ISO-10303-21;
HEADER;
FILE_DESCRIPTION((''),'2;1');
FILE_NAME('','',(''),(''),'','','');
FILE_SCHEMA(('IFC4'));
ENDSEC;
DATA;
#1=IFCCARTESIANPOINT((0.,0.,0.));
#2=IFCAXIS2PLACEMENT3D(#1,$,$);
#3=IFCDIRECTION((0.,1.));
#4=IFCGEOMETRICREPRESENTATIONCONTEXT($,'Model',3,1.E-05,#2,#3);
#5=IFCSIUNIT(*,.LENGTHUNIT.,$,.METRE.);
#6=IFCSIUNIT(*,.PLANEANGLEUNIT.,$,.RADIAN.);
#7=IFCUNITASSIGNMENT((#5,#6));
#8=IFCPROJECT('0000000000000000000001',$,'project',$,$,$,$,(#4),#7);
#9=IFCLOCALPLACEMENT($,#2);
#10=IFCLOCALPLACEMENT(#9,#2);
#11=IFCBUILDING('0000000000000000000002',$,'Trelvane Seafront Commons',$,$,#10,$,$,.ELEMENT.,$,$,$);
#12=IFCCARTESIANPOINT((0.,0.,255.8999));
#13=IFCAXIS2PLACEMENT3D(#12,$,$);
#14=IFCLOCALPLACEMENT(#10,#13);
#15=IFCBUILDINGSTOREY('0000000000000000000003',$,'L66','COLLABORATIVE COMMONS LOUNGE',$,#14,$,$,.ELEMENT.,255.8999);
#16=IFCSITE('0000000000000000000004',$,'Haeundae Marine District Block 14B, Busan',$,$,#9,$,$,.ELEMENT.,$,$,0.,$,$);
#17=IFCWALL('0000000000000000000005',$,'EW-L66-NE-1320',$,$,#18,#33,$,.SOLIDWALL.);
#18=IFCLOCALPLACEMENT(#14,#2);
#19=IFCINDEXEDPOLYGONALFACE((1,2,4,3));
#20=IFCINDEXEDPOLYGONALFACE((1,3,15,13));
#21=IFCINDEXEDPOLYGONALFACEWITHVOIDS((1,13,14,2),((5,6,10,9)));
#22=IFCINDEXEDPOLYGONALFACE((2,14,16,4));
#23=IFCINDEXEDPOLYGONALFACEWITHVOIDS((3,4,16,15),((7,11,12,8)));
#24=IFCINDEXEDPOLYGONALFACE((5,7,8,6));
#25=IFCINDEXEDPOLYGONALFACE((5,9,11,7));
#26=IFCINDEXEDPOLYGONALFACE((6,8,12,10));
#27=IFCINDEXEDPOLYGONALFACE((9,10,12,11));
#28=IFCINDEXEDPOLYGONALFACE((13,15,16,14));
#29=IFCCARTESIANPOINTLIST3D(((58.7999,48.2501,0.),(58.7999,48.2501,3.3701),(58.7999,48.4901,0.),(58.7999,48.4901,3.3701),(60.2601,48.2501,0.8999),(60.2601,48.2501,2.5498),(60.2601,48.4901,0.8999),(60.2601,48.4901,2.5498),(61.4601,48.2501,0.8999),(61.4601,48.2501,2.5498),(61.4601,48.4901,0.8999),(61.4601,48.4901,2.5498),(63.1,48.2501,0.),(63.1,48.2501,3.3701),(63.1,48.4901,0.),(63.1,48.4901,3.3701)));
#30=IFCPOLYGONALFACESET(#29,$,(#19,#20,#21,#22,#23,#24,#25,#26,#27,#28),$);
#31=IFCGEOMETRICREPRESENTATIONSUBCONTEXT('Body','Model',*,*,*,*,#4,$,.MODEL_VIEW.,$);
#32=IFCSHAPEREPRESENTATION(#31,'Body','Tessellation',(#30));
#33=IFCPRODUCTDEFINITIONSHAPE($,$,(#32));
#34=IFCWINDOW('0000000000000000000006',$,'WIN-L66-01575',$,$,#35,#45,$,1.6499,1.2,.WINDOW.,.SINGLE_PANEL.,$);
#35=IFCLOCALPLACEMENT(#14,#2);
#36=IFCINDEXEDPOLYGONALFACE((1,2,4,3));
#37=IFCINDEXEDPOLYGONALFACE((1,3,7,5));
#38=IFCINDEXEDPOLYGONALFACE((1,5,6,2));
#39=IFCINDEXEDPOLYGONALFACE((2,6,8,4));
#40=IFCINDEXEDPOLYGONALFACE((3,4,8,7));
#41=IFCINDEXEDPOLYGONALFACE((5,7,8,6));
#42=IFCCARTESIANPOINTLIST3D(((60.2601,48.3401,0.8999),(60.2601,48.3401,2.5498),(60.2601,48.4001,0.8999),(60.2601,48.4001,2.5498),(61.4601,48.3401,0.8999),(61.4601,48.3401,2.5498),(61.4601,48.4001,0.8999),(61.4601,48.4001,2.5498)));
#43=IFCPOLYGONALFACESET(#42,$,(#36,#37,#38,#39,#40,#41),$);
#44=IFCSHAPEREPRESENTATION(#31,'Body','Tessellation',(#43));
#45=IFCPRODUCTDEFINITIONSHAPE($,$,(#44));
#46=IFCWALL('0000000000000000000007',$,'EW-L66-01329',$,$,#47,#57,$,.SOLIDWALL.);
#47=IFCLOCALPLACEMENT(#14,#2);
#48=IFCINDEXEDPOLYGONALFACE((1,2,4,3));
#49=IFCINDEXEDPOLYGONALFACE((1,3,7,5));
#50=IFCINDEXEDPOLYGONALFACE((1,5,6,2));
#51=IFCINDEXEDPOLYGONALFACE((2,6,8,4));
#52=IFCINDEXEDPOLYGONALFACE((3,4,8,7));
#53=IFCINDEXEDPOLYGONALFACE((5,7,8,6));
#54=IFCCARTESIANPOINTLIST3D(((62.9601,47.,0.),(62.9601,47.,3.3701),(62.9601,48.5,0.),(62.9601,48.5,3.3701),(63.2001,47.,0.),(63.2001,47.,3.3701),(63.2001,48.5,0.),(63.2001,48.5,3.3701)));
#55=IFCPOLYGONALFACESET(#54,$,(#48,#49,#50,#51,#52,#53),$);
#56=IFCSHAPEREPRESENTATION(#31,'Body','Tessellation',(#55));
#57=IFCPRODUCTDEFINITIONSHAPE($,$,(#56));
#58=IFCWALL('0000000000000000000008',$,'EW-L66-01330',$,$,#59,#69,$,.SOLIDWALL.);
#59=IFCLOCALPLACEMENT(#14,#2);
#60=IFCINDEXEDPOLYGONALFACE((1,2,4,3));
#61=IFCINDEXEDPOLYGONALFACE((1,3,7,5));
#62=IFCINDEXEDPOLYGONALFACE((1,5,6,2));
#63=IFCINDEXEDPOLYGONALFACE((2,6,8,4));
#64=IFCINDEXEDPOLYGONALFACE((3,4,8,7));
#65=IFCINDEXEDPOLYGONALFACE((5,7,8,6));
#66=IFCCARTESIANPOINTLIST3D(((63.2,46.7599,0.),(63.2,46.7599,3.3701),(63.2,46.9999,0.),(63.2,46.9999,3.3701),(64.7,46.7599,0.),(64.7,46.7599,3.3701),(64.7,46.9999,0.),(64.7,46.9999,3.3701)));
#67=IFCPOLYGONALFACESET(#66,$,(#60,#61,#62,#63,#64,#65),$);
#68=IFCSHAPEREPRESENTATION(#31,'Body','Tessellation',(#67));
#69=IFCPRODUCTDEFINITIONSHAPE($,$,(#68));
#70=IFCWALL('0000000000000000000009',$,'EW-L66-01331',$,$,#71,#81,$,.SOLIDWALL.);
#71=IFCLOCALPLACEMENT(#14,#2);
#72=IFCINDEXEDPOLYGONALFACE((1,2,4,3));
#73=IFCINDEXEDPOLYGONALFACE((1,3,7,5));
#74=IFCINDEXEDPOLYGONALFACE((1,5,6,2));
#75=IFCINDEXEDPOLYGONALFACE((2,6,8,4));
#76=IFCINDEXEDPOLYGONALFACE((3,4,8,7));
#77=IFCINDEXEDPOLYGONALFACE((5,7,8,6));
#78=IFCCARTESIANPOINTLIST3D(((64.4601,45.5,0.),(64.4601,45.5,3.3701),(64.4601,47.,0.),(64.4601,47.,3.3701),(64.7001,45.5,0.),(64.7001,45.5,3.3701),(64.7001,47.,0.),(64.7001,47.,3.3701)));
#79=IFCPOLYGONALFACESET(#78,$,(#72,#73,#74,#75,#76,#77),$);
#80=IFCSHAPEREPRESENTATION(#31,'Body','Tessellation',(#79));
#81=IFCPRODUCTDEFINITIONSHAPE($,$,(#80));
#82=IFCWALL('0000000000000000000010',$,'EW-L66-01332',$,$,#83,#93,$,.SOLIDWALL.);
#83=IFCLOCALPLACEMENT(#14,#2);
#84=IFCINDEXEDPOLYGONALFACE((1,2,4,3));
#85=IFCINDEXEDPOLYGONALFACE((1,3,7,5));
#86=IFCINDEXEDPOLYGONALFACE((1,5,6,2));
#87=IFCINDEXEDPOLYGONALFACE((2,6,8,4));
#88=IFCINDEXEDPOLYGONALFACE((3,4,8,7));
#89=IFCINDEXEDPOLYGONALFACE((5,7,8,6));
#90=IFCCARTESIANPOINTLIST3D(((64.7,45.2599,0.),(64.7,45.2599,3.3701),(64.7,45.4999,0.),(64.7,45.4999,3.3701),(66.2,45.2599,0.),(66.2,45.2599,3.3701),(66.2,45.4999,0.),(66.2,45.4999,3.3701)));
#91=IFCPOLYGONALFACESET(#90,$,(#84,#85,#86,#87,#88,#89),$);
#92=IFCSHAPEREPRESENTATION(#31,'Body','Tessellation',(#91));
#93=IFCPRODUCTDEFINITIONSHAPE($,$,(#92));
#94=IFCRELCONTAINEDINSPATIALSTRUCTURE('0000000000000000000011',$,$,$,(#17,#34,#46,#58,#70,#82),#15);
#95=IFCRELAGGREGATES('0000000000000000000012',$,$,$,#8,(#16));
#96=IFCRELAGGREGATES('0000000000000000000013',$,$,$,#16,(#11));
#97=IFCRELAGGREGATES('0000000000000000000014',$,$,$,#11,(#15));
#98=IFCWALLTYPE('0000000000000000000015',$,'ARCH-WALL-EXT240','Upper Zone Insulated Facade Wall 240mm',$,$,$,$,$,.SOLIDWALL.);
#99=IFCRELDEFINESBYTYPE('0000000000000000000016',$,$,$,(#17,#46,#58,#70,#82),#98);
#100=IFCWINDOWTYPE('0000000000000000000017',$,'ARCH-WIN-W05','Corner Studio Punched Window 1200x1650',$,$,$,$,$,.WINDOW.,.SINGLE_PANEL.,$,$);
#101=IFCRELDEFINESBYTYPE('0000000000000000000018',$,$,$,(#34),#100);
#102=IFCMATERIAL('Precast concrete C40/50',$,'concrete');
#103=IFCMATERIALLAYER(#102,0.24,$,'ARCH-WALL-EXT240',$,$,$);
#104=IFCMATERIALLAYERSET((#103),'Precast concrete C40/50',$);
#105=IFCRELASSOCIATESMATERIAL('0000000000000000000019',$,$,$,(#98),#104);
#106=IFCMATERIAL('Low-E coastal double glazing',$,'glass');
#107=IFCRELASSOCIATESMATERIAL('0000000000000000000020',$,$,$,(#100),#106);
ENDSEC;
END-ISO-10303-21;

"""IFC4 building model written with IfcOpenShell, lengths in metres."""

from ifc_helpers import new_model, si_unit, direction, frame, frame_2d, origin, place, context, subcontext, project, spatial, rectangle, extrude, source, transform, mapped, material, layer, layer_set, type_object, element, fill, save


model = new_model("IFC4")

# Units and contexts
model_context = context("Model", 3, precision=1e-05, world=origin(), true_north=direction((0.0, 1.0)))
body_context = subcontext(model_context, "Body", "Model", "MODEL_VIEW")
ifc_project = project(units=[si_unit("LENGTHUNIT", "METRE"), si_unit("PLANEANGLEUNIT", "RADIAN")], contexts=[model_context])

# Site, building, storey
site_placement = place(None, origin())
site = spatial("IfcSite", under=ifc_project, at=site_placement, Name="Haeundae Marine District Block 14B, Busan", CompositionType="ELEMENT", RefElevation=0.0)
building_placement = place(site_placement, origin())
building = spatial("IfcBuilding", under=site, at=building_placement, Name="Trelvane Seafront Commons", CompositionType="ELEMENT")
storey_placement = place(building_placement, frame((0.0, 0.0, 255.8999)))
storey = spatial("IfcBuildingStorey", under=building, at=storey_placement, Name="L66", Description="COLLABORATIVE COMMONS LOUNGE", CompositionType="ELEMENT", Elevation=255.8999)

# Shared definitions
ifc_material_1 = material(Name="Low-E coastal double glazing", Category="glass")

# Wall, opening, window
ifc_material_2 = material(Name="Precast concrete C40/50", Category="concrete")
ifc_layer_1 = layer(ifc_material_2, 0.24, Name="ARCH-WALL-EXT240")
ifc_layer_set_1 = layer_set([ifc_layer_1], Name="Precast concrete C40/50")
wall_type_1 = type_object("IfcWallType", Name="ARCH-WALL-EXT240", Description="Upper Zone Insulated Facade Wall 240mm", PredefinedType="SOLIDWALL", material=ifc_layer_set_1)
wall_1_placement = place(storey_placement, frame((58.8, 48.3701, 0.0), z_axis=(0.0, 0.0, 1.0), x_axis=(1.0, 0.0, 0.0)))
wall_1 = element("IfcWall", 1, at=wall_1_placement, inside=storey, type_object=wall_type_1, Name="EW-L66-NE-1320", PredefinedType="SOLIDWALL", context=body_context, shape_type="SweptSolid", body=[
    extrude(rectangle(XDim=4.3, YDim=0.24, at=frame_2d((2.1499, 0.0))), origin(), (0.0, 0.0, 1.0), 3.3701),
])
opening_1_placement = place(wall_1_placement, frame((1.46, 0.0, 0.8999)))
opening_1 = element("IfcOpeningElement", 2, at=opening_1_placement, cuts=wall_1, PredefinedType="OPENING", context=body_context, shape_type="SweptSolid", body=[
    extrude(rectangle(XDim=1.2, YDim=1.6499, at=frame_2d((0.6001, 0.825))), frame((0.0, 0.1299, 0.0), z_axis=(0.0, -1.0, 0.0), x_axis=(1.0, 0.0, 0.0)), (0.0, 0.0, 1.0), 0.26),
])
window_type_1 = type_object("IfcWindowType", Name="ARCH-WIN-W05", Description="Corner Studio Punched Window 1200x1650", PartitioningType="SINGLE_PANEL", PredefinedType="WINDOW", material=ifc_material_1)
shared_shape_1 = source(origin(), body_context, "Body", "SweptSolid", [
    extrude(rectangle(XDim=1.2, YDim=1.6499, at=frame_2d((0.6001, 0.825))), frame((0.0, 0.03, 0.0), z_axis=(0.0, -1.0, 0.0), x_axis=(1.0, 0.0, 0.0)), (0.0, 0.0, 1.0), 0.0601),
])
window_1_placement = place(opening_1_placement, origin())
window_1 = element("IfcWindow", 3, at=window_1_placement, inside=storey, type_object=window_type_1, Name="WIN-L66-01575", OverallHeight=1.6499, OverallWidth=1.2, PartitioningType="SINGLE_PANEL", PredefinedType="WINDOW", context=body_context, shape_type="MappedRepresentation", body=[
    mapped(shared_shape_1, transform((0.0, 0.0, 0.0), x_axis=(1.0, 0.0, 0.0), y_axis=(0.0, 1.0, 0.0), z_axis=(0.0, 0.0, 1.0), scale=1.0)),
])
fill(opening_1, window_1)

# Walls
for number, where, z_axis, x_axis, name in (
    (4, (63.0801, 48.5, 0.0), (0.0, 0.0, 1.0), (0.0, -1.0, 0.0), "EW-L66-01329"),
    (5, (63.2, 46.8799, 0.0), (0.0, 0.0, 1.0), (1.0, 0.0, 0.0), "EW-L66-01330"),
    (6, (64.5801, 47.0, 0.0), (0.0, 0.0, 1.0), (0.0, -1.0, 0.0), "EW-L66-01331"),
    (7, (64.7, 45.3799, 0.0), (0.0, 0.0, 1.0), (1.0, 0.0, 0.0), "EW-L66-01332"),
):
    element("IfcWall", number, at=place(storey_placement, frame(where, z_axis=z_axis, x_axis=x_axis)), inside=storey, type_object=wall_type_1, Name=name, PredefinedType="SOLIDWALL", context=body_context, shape_type="SweptSolid", body=[
        extrude(rectangle(XDim=1.5, YDim=0.24, at=frame_2d((0.75, 0.0))), origin(), (0.0, 0.0, 1.0), 3.3701),
    ])

save(model, "model.ifc")
